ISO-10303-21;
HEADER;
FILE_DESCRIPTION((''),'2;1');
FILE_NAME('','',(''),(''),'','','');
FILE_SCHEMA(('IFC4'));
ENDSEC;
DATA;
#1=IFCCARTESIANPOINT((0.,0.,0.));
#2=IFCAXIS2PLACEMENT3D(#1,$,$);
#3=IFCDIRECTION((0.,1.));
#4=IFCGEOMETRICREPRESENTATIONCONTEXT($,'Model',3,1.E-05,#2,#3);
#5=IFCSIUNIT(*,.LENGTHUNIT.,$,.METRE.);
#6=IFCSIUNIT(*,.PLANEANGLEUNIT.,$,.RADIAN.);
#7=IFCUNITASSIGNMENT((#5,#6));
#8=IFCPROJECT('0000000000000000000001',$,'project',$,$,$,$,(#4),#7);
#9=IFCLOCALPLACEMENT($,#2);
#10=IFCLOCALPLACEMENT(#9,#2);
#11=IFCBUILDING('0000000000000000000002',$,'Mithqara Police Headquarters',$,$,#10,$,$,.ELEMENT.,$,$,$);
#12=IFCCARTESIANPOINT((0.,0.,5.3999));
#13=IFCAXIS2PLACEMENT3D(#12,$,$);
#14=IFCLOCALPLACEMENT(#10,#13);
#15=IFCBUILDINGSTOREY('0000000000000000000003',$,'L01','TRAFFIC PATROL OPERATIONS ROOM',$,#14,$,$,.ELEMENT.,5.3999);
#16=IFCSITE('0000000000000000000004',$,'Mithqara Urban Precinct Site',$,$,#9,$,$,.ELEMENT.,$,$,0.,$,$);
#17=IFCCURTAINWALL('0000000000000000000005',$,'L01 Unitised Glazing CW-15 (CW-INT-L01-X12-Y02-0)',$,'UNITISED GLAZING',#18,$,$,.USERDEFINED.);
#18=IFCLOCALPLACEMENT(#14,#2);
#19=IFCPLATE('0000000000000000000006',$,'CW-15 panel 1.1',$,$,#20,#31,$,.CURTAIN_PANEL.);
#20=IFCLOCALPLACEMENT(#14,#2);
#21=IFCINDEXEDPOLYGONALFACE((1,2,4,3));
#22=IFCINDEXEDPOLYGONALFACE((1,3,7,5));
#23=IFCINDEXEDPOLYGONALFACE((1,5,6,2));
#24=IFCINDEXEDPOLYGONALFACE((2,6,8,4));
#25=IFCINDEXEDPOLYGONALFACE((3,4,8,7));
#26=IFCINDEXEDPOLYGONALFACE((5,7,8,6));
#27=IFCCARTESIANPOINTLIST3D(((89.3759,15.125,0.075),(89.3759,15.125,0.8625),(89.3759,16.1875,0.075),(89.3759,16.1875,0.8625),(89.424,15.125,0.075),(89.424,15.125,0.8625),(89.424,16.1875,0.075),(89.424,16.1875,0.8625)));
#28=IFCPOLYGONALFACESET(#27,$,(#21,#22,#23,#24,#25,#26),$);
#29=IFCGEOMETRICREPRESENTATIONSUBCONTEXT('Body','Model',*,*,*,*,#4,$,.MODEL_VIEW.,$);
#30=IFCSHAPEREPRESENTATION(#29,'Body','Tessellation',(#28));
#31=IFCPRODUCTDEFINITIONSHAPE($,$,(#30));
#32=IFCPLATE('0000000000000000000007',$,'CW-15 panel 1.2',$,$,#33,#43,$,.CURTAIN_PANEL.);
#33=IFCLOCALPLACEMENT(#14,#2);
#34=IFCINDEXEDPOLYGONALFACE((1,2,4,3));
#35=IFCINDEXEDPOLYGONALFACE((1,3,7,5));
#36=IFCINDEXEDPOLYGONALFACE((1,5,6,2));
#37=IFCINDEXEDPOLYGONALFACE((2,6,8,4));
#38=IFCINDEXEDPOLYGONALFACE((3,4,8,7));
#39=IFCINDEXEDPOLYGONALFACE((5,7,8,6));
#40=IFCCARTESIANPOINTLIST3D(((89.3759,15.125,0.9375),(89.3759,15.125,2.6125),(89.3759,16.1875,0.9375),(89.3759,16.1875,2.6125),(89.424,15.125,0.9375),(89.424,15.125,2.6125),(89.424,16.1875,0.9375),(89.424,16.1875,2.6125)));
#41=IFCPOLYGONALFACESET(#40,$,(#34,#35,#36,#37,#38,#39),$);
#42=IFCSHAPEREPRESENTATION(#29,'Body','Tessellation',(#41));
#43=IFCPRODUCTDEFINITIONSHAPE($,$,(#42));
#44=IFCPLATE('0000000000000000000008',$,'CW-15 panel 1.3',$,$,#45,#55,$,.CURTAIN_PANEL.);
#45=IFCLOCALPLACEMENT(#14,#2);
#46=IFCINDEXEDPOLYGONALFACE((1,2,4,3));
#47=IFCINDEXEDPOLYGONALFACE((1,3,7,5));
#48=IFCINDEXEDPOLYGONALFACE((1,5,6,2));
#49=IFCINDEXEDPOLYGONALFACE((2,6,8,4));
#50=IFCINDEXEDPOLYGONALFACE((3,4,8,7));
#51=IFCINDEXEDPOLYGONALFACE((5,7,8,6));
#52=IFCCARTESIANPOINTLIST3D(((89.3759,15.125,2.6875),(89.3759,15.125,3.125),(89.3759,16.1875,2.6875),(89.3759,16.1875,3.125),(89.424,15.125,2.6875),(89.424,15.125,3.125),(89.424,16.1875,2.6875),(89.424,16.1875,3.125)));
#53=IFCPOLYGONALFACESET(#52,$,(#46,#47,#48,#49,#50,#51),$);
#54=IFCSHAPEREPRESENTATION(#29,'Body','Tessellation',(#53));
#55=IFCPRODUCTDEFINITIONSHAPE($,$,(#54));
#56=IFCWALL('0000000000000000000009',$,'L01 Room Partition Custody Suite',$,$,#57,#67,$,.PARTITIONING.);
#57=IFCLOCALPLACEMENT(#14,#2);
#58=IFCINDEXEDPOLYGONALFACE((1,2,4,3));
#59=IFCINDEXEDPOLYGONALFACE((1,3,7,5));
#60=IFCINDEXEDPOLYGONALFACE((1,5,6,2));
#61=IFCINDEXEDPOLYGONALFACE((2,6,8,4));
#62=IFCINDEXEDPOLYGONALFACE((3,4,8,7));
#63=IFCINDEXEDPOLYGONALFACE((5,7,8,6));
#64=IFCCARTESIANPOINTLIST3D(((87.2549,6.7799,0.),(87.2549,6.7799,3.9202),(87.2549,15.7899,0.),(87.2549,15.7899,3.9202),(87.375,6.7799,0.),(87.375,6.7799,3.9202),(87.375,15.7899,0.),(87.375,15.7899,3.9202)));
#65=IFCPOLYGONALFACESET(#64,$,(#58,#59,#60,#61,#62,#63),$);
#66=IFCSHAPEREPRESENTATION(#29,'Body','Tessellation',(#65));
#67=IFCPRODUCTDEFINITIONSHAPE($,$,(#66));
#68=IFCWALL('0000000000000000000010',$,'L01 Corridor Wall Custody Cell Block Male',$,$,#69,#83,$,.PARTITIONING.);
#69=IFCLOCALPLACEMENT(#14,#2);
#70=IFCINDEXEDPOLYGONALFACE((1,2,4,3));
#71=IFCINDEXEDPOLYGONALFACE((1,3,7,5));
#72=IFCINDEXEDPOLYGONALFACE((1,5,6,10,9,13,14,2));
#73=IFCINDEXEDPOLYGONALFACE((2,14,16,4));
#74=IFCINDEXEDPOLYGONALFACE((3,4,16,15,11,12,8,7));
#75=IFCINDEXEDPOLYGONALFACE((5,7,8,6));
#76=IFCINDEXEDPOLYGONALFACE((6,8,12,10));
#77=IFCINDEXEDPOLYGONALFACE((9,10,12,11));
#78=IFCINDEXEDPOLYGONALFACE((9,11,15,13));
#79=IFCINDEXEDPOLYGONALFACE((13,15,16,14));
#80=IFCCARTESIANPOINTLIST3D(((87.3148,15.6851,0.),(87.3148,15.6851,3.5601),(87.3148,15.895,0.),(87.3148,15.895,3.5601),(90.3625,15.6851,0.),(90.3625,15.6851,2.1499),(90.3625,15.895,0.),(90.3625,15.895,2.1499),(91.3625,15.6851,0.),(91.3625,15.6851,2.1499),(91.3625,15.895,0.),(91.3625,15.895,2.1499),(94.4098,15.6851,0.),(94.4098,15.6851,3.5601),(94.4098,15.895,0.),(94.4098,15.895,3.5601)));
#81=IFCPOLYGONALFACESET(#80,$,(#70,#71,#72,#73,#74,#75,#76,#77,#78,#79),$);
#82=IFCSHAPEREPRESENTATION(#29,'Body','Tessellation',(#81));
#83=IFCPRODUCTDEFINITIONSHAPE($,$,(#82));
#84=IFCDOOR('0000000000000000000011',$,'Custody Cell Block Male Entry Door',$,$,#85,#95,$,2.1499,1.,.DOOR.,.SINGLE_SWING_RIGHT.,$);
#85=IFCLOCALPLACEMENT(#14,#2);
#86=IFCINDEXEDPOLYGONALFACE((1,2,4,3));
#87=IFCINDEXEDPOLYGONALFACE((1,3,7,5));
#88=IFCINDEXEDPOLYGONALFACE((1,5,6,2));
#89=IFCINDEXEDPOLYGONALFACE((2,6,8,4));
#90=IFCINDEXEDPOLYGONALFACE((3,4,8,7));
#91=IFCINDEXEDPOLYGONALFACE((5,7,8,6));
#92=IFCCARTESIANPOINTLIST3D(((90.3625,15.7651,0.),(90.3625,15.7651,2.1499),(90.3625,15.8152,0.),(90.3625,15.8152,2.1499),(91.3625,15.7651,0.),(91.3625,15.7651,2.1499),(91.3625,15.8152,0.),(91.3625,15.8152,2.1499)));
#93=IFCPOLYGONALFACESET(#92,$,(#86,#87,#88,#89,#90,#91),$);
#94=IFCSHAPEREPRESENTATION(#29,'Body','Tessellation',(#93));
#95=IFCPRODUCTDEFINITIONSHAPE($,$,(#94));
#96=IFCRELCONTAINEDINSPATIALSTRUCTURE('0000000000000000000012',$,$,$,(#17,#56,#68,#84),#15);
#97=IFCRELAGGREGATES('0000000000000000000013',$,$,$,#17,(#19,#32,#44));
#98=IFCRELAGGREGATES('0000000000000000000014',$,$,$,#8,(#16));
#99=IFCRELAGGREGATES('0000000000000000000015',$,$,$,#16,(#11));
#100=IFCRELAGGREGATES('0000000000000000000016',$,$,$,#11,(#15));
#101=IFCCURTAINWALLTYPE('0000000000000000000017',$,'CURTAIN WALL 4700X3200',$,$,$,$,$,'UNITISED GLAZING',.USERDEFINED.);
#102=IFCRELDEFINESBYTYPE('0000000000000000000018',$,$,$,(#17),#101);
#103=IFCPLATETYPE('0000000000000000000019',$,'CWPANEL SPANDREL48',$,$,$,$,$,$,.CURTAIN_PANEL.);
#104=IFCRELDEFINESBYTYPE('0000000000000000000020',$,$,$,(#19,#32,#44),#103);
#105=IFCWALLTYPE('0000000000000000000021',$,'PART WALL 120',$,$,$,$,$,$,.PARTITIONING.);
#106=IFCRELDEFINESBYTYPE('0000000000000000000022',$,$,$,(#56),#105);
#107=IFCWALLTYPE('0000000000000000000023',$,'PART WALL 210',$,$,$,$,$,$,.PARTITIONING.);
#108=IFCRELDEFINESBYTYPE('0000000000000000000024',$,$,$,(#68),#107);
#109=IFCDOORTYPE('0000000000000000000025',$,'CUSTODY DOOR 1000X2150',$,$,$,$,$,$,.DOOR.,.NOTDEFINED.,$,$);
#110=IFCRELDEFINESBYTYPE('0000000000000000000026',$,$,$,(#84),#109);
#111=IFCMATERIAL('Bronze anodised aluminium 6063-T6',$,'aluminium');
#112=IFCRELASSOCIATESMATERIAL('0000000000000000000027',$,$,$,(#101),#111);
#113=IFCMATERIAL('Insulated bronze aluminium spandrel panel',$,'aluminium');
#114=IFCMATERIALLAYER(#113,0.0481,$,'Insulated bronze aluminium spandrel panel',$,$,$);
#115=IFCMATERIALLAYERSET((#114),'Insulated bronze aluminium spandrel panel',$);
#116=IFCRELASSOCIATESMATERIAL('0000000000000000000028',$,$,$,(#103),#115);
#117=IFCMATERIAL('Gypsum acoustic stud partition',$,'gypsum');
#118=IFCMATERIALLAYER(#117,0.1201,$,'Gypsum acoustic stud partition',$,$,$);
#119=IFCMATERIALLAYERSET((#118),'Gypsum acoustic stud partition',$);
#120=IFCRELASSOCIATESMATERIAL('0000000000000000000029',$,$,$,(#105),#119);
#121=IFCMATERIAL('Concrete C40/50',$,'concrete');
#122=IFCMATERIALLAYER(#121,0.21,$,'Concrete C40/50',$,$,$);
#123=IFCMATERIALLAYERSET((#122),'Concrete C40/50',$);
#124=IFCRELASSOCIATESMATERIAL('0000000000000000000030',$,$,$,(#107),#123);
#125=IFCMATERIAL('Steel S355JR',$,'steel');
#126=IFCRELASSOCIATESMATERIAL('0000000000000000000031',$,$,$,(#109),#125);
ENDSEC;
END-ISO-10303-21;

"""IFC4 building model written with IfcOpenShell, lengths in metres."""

from ifc_helpers import new_model, si_unit, direction, frame, frame_2d, origin, origin_2d, place, context, subcontext, project, spatial, rectangle, extrude, material, layer, layer_set, type_object, element, fill, aggregate, save


model = new_model("IFC4")

# Units and contexts
model_context = context("Model", 3, precision=1e-05, world=origin(), true_north=direction((0.0, 1.0)))
body_context = subcontext(model_context, "Body", "Model", "MODEL_VIEW")
ifc_project = project(units=[si_unit("LENGTHUNIT", "METRE"), si_unit("PLANEANGLEUNIT", "RADIAN")], contexts=[model_context])

# Site, building, storey
site_placement = place(None, origin())
site = spatial("IfcSite", under=ifc_project, at=site_placement, Name="Mithqara Urban Precinct Site", CompositionType="ELEMENT", RefElevation=0.0)
building_placement = place(site_placement, origin())
building = spatial("IfcBuilding", under=site, at=building_placement, Name="Mithqara Police Headquarters", CompositionType="ELEMENT")
storey_placement = place(building_placement, frame((0.0, 0.0, 5.3999)))
storey = spatial("IfcBuildingStorey", under=building, at=storey_placement, Name="L01", Description="TRAFFIC PATROL OPERATIONS ROOM", CompositionType="ELEMENT", Elevation=5.3999)

# Shared definitions
ifc_material_1 = material(Name="Steel S355JR", Category="steel")
ifc_material_2 = material(Name="Concrete C40/50", Category="concrete")

# Curtain wall
ifc_material_3 = material(Name="Bronze anodised aluminium 6063-T6", Category="aluminium")
curtain_wall_type = type_object("IfcCurtainWallType", Name="CURTAIN WALL 4700X3200", ElementType="UNITISED GLAZING", PredefinedType="USERDEFINED", material=ifc_material_3)
curtain_wall_placement = place(storey_placement, origin())
curtain_wall = element("IfcCurtainWall", 1, at=curtain_wall_placement, inside=storey, type_object=curtain_wall_type, Name="L01 Unitised Glazing CW-15 (CW-INT-L01-X12-Y02-0)", ObjectType="UNITISED GLAZING", PredefinedType="USERDEFINED")

# Plates
ifc_material_4 = material(Name="Insulated bronze aluminium spandrel panel", Category="aluminium")
ifc_layer_1 = layer(ifc_material_4, 0.0481, Name="Insulated bronze aluminium spandrel panel")
ifc_layer_set_1 = layer_set([ifc_layer_1], Name="Insulated bronze aluminium spandrel panel")
plate_type = type_object("IfcPlateType", Name="CWPANEL SPANDREL48", PredefinedType="CURTAIN_PANEL", material=ifc_layer_set_1)
plate_1_placement = place(storey_placement, frame((89.3999, 15.6562, 0.075), z_axis=(0.0, 0.0, 1.0), x_axis=(0.0, 1.0, 0.0)))
plate_1 = element("IfcPlate", 2, at=plate_1_placement, type_object=plate_type, Name="CW-15 panel 1.1", PredefinedType="CURTAIN_PANEL", context=body_context, shape_type="SweptSolid", body=[
    extrude(rectangle(XDim=1.0625, YDim=0.0481, at=origin_2d()), origin(), (0.0, 0.0, 1.0), 0.7876),
])
plate_2_placement = place(storey_placement, frame((89.3999, 15.6562, 0.9375), z_axis=(0.0, 0.0, 1.0), x_axis=(0.0, 1.0, 0.0)))
plate_2 = element("IfcPlate", 3, at=plate_2_placement, type_object=plate_type, Name="CW-15 panel 1.2", PredefinedType="CURTAIN_PANEL", context=body_context, shape_type="SweptSolid", body=[
    extrude(rectangle(XDim=1.0625, YDim=0.0481, at=origin_2d()), origin(), (0.0, 0.0, 1.0), 1.675),
])
plate_3_placement = place(storey_placement, frame((89.3999, 15.6562, 2.6875), z_axis=(0.0, 0.0, 1.0), x_axis=(0.0, 1.0, 0.0)))
plate_3 = element("IfcPlate", 4, at=plate_3_placement, type_object=plate_type, Name="CW-15 panel 1.3", PredefinedType="CURTAIN_PANEL", context=body_context, shape_type="SweptSolid", body=[
    extrude(rectangle(XDim=1.0625, YDim=0.0481, at=origin_2d()), origin(), (0.0, 0.0, 1.0), 0.4375),
])
aggregate(curtain_wall, [plate_1, plate_2, plate_3])

# Wall
ifc_material_5 = material(Name="Gypsum acoustic stud partition", Category="gypsum")
ifc_layer_2 = layer(ifc_material_5, 0.1201, Name="Gypsum acoustic stud partition")
ifc_layer_set_2 = layer_set([ifc_layer_2], Name="Gypsum acoustic stud partition")
wall_type_1 = type_object("IfcWallType", Name="PART WALL 120", PredefinedType="PARTITIONING", material=ifc_layer_set_2)
wall_1_placement = place(storey_placement, frame((87.3149, 6.78, 0.0), z_axis=(0.0, 0.0, 1.0), x_axis=(0.0, 1.0, 0.0)))
element("IfcWall", 5, at=wall_1_placement, inside=storey, type_object=wall_type_1, Name="L01 Room Partition Custody Suite", PredefinedType="PARTITIONING", context=body_context, shape_type="SweptSolid", body=[
    extrude(rectangle(XDim=9.01, YDim=0.1201, at=frame_2d((4.5049, 0.0))), origin(), (0.0, 0.0, 1.0), 3.9202),
])

# Wall, opening, door
ifc_layer_3 = layer(ifc_material_2, 0.21, Name="Concrete C40/50")
ifc_layer_set_3 = layer_set([ifc_layer_3], Name="Concrete C40/50")
wall_type_2 = type_object("IfcWallType", Name="PART WALL 210", PredefinedType="PARTITIONING", material=ifc_layer_set_3)
wall_2_placement = place(storey_placement, frame((87.3149, 15.79, 0.0), z_axis=(0.0, 0.0, 1.0), x_axis=(1.0, 0.0, 0.0)))
wall_2 = element("IfcWall", 6, at=wall_2_placement, inside=storey, type_object=wall_type_2, Name="L01 Corridor Wall Custody Cell Block Male", PredefinedType="PARTITIONING", context=body_context, shape_type="SweptSolid", body=[
    extrude(rectangle(XDim=7.095, YDim=0.21, at=frame_2d((3.5474, 0.0))), origin(), (0.0, 0.0, 1.0), 3.5601),
])
opening_placement = place(wall_2_placement, frame((3.0476, 0.0, 0.0)))
opening = element("IfcOpeningElement", 7, at=opening_placement, cuts=wall_2, PredefinedType="OPENING", context=body_context, shape_type="SweptSolid", body=[
    extrude(rectangle(XDim=1.0, YDim=2.1499, at=frame_2d((0.5, 1.075))), frame((0.0, 0.115, 0.0), z_axis=(0.0, -1.0, 0.0), x_axis=(1.0, 0.0, 0.0)), (0.0, 0.0, 1.0), 0.23),
])
door_type = type_object("IfcDoorType", Name="CUSTODY DOOR 1000X2150", OperationType="NOTDEFINED", PredefinedType="DOOR", material=ifc_material_1)
door_placement = place(opening_placement, frame((1.0, 0.0, 0.0), z_axis=(0.0, 0.0, 1.0), x_axis=(-1.0, 0.0, 0.0)))
door = element("IfcDoor", 8, at=door_placement, inside=storey, type_object=door_type, Name="Custody Cell Block Male Entry Door", OperationType="SINGLE_SWING_RIGHT", OverallHeight=2.1499, OverallWidth=1.0, PredefinedType="DOOR", context=body_context, shape_type="SweptSolid", body=[
    extrude(rectangle(XDim=1.0, YDim=2.1499, at=frame_2d((0.5, 1.075))), frame((0.0, 0.0249, 0.0), z_axis=(0.0, -1.0, 0.0), x_axis=(1.0, 0.0, 0.0)), (0.0, 0.0, 1.0), 0.05),
])
fill(opening, door)

save(model, "model.ifc")
